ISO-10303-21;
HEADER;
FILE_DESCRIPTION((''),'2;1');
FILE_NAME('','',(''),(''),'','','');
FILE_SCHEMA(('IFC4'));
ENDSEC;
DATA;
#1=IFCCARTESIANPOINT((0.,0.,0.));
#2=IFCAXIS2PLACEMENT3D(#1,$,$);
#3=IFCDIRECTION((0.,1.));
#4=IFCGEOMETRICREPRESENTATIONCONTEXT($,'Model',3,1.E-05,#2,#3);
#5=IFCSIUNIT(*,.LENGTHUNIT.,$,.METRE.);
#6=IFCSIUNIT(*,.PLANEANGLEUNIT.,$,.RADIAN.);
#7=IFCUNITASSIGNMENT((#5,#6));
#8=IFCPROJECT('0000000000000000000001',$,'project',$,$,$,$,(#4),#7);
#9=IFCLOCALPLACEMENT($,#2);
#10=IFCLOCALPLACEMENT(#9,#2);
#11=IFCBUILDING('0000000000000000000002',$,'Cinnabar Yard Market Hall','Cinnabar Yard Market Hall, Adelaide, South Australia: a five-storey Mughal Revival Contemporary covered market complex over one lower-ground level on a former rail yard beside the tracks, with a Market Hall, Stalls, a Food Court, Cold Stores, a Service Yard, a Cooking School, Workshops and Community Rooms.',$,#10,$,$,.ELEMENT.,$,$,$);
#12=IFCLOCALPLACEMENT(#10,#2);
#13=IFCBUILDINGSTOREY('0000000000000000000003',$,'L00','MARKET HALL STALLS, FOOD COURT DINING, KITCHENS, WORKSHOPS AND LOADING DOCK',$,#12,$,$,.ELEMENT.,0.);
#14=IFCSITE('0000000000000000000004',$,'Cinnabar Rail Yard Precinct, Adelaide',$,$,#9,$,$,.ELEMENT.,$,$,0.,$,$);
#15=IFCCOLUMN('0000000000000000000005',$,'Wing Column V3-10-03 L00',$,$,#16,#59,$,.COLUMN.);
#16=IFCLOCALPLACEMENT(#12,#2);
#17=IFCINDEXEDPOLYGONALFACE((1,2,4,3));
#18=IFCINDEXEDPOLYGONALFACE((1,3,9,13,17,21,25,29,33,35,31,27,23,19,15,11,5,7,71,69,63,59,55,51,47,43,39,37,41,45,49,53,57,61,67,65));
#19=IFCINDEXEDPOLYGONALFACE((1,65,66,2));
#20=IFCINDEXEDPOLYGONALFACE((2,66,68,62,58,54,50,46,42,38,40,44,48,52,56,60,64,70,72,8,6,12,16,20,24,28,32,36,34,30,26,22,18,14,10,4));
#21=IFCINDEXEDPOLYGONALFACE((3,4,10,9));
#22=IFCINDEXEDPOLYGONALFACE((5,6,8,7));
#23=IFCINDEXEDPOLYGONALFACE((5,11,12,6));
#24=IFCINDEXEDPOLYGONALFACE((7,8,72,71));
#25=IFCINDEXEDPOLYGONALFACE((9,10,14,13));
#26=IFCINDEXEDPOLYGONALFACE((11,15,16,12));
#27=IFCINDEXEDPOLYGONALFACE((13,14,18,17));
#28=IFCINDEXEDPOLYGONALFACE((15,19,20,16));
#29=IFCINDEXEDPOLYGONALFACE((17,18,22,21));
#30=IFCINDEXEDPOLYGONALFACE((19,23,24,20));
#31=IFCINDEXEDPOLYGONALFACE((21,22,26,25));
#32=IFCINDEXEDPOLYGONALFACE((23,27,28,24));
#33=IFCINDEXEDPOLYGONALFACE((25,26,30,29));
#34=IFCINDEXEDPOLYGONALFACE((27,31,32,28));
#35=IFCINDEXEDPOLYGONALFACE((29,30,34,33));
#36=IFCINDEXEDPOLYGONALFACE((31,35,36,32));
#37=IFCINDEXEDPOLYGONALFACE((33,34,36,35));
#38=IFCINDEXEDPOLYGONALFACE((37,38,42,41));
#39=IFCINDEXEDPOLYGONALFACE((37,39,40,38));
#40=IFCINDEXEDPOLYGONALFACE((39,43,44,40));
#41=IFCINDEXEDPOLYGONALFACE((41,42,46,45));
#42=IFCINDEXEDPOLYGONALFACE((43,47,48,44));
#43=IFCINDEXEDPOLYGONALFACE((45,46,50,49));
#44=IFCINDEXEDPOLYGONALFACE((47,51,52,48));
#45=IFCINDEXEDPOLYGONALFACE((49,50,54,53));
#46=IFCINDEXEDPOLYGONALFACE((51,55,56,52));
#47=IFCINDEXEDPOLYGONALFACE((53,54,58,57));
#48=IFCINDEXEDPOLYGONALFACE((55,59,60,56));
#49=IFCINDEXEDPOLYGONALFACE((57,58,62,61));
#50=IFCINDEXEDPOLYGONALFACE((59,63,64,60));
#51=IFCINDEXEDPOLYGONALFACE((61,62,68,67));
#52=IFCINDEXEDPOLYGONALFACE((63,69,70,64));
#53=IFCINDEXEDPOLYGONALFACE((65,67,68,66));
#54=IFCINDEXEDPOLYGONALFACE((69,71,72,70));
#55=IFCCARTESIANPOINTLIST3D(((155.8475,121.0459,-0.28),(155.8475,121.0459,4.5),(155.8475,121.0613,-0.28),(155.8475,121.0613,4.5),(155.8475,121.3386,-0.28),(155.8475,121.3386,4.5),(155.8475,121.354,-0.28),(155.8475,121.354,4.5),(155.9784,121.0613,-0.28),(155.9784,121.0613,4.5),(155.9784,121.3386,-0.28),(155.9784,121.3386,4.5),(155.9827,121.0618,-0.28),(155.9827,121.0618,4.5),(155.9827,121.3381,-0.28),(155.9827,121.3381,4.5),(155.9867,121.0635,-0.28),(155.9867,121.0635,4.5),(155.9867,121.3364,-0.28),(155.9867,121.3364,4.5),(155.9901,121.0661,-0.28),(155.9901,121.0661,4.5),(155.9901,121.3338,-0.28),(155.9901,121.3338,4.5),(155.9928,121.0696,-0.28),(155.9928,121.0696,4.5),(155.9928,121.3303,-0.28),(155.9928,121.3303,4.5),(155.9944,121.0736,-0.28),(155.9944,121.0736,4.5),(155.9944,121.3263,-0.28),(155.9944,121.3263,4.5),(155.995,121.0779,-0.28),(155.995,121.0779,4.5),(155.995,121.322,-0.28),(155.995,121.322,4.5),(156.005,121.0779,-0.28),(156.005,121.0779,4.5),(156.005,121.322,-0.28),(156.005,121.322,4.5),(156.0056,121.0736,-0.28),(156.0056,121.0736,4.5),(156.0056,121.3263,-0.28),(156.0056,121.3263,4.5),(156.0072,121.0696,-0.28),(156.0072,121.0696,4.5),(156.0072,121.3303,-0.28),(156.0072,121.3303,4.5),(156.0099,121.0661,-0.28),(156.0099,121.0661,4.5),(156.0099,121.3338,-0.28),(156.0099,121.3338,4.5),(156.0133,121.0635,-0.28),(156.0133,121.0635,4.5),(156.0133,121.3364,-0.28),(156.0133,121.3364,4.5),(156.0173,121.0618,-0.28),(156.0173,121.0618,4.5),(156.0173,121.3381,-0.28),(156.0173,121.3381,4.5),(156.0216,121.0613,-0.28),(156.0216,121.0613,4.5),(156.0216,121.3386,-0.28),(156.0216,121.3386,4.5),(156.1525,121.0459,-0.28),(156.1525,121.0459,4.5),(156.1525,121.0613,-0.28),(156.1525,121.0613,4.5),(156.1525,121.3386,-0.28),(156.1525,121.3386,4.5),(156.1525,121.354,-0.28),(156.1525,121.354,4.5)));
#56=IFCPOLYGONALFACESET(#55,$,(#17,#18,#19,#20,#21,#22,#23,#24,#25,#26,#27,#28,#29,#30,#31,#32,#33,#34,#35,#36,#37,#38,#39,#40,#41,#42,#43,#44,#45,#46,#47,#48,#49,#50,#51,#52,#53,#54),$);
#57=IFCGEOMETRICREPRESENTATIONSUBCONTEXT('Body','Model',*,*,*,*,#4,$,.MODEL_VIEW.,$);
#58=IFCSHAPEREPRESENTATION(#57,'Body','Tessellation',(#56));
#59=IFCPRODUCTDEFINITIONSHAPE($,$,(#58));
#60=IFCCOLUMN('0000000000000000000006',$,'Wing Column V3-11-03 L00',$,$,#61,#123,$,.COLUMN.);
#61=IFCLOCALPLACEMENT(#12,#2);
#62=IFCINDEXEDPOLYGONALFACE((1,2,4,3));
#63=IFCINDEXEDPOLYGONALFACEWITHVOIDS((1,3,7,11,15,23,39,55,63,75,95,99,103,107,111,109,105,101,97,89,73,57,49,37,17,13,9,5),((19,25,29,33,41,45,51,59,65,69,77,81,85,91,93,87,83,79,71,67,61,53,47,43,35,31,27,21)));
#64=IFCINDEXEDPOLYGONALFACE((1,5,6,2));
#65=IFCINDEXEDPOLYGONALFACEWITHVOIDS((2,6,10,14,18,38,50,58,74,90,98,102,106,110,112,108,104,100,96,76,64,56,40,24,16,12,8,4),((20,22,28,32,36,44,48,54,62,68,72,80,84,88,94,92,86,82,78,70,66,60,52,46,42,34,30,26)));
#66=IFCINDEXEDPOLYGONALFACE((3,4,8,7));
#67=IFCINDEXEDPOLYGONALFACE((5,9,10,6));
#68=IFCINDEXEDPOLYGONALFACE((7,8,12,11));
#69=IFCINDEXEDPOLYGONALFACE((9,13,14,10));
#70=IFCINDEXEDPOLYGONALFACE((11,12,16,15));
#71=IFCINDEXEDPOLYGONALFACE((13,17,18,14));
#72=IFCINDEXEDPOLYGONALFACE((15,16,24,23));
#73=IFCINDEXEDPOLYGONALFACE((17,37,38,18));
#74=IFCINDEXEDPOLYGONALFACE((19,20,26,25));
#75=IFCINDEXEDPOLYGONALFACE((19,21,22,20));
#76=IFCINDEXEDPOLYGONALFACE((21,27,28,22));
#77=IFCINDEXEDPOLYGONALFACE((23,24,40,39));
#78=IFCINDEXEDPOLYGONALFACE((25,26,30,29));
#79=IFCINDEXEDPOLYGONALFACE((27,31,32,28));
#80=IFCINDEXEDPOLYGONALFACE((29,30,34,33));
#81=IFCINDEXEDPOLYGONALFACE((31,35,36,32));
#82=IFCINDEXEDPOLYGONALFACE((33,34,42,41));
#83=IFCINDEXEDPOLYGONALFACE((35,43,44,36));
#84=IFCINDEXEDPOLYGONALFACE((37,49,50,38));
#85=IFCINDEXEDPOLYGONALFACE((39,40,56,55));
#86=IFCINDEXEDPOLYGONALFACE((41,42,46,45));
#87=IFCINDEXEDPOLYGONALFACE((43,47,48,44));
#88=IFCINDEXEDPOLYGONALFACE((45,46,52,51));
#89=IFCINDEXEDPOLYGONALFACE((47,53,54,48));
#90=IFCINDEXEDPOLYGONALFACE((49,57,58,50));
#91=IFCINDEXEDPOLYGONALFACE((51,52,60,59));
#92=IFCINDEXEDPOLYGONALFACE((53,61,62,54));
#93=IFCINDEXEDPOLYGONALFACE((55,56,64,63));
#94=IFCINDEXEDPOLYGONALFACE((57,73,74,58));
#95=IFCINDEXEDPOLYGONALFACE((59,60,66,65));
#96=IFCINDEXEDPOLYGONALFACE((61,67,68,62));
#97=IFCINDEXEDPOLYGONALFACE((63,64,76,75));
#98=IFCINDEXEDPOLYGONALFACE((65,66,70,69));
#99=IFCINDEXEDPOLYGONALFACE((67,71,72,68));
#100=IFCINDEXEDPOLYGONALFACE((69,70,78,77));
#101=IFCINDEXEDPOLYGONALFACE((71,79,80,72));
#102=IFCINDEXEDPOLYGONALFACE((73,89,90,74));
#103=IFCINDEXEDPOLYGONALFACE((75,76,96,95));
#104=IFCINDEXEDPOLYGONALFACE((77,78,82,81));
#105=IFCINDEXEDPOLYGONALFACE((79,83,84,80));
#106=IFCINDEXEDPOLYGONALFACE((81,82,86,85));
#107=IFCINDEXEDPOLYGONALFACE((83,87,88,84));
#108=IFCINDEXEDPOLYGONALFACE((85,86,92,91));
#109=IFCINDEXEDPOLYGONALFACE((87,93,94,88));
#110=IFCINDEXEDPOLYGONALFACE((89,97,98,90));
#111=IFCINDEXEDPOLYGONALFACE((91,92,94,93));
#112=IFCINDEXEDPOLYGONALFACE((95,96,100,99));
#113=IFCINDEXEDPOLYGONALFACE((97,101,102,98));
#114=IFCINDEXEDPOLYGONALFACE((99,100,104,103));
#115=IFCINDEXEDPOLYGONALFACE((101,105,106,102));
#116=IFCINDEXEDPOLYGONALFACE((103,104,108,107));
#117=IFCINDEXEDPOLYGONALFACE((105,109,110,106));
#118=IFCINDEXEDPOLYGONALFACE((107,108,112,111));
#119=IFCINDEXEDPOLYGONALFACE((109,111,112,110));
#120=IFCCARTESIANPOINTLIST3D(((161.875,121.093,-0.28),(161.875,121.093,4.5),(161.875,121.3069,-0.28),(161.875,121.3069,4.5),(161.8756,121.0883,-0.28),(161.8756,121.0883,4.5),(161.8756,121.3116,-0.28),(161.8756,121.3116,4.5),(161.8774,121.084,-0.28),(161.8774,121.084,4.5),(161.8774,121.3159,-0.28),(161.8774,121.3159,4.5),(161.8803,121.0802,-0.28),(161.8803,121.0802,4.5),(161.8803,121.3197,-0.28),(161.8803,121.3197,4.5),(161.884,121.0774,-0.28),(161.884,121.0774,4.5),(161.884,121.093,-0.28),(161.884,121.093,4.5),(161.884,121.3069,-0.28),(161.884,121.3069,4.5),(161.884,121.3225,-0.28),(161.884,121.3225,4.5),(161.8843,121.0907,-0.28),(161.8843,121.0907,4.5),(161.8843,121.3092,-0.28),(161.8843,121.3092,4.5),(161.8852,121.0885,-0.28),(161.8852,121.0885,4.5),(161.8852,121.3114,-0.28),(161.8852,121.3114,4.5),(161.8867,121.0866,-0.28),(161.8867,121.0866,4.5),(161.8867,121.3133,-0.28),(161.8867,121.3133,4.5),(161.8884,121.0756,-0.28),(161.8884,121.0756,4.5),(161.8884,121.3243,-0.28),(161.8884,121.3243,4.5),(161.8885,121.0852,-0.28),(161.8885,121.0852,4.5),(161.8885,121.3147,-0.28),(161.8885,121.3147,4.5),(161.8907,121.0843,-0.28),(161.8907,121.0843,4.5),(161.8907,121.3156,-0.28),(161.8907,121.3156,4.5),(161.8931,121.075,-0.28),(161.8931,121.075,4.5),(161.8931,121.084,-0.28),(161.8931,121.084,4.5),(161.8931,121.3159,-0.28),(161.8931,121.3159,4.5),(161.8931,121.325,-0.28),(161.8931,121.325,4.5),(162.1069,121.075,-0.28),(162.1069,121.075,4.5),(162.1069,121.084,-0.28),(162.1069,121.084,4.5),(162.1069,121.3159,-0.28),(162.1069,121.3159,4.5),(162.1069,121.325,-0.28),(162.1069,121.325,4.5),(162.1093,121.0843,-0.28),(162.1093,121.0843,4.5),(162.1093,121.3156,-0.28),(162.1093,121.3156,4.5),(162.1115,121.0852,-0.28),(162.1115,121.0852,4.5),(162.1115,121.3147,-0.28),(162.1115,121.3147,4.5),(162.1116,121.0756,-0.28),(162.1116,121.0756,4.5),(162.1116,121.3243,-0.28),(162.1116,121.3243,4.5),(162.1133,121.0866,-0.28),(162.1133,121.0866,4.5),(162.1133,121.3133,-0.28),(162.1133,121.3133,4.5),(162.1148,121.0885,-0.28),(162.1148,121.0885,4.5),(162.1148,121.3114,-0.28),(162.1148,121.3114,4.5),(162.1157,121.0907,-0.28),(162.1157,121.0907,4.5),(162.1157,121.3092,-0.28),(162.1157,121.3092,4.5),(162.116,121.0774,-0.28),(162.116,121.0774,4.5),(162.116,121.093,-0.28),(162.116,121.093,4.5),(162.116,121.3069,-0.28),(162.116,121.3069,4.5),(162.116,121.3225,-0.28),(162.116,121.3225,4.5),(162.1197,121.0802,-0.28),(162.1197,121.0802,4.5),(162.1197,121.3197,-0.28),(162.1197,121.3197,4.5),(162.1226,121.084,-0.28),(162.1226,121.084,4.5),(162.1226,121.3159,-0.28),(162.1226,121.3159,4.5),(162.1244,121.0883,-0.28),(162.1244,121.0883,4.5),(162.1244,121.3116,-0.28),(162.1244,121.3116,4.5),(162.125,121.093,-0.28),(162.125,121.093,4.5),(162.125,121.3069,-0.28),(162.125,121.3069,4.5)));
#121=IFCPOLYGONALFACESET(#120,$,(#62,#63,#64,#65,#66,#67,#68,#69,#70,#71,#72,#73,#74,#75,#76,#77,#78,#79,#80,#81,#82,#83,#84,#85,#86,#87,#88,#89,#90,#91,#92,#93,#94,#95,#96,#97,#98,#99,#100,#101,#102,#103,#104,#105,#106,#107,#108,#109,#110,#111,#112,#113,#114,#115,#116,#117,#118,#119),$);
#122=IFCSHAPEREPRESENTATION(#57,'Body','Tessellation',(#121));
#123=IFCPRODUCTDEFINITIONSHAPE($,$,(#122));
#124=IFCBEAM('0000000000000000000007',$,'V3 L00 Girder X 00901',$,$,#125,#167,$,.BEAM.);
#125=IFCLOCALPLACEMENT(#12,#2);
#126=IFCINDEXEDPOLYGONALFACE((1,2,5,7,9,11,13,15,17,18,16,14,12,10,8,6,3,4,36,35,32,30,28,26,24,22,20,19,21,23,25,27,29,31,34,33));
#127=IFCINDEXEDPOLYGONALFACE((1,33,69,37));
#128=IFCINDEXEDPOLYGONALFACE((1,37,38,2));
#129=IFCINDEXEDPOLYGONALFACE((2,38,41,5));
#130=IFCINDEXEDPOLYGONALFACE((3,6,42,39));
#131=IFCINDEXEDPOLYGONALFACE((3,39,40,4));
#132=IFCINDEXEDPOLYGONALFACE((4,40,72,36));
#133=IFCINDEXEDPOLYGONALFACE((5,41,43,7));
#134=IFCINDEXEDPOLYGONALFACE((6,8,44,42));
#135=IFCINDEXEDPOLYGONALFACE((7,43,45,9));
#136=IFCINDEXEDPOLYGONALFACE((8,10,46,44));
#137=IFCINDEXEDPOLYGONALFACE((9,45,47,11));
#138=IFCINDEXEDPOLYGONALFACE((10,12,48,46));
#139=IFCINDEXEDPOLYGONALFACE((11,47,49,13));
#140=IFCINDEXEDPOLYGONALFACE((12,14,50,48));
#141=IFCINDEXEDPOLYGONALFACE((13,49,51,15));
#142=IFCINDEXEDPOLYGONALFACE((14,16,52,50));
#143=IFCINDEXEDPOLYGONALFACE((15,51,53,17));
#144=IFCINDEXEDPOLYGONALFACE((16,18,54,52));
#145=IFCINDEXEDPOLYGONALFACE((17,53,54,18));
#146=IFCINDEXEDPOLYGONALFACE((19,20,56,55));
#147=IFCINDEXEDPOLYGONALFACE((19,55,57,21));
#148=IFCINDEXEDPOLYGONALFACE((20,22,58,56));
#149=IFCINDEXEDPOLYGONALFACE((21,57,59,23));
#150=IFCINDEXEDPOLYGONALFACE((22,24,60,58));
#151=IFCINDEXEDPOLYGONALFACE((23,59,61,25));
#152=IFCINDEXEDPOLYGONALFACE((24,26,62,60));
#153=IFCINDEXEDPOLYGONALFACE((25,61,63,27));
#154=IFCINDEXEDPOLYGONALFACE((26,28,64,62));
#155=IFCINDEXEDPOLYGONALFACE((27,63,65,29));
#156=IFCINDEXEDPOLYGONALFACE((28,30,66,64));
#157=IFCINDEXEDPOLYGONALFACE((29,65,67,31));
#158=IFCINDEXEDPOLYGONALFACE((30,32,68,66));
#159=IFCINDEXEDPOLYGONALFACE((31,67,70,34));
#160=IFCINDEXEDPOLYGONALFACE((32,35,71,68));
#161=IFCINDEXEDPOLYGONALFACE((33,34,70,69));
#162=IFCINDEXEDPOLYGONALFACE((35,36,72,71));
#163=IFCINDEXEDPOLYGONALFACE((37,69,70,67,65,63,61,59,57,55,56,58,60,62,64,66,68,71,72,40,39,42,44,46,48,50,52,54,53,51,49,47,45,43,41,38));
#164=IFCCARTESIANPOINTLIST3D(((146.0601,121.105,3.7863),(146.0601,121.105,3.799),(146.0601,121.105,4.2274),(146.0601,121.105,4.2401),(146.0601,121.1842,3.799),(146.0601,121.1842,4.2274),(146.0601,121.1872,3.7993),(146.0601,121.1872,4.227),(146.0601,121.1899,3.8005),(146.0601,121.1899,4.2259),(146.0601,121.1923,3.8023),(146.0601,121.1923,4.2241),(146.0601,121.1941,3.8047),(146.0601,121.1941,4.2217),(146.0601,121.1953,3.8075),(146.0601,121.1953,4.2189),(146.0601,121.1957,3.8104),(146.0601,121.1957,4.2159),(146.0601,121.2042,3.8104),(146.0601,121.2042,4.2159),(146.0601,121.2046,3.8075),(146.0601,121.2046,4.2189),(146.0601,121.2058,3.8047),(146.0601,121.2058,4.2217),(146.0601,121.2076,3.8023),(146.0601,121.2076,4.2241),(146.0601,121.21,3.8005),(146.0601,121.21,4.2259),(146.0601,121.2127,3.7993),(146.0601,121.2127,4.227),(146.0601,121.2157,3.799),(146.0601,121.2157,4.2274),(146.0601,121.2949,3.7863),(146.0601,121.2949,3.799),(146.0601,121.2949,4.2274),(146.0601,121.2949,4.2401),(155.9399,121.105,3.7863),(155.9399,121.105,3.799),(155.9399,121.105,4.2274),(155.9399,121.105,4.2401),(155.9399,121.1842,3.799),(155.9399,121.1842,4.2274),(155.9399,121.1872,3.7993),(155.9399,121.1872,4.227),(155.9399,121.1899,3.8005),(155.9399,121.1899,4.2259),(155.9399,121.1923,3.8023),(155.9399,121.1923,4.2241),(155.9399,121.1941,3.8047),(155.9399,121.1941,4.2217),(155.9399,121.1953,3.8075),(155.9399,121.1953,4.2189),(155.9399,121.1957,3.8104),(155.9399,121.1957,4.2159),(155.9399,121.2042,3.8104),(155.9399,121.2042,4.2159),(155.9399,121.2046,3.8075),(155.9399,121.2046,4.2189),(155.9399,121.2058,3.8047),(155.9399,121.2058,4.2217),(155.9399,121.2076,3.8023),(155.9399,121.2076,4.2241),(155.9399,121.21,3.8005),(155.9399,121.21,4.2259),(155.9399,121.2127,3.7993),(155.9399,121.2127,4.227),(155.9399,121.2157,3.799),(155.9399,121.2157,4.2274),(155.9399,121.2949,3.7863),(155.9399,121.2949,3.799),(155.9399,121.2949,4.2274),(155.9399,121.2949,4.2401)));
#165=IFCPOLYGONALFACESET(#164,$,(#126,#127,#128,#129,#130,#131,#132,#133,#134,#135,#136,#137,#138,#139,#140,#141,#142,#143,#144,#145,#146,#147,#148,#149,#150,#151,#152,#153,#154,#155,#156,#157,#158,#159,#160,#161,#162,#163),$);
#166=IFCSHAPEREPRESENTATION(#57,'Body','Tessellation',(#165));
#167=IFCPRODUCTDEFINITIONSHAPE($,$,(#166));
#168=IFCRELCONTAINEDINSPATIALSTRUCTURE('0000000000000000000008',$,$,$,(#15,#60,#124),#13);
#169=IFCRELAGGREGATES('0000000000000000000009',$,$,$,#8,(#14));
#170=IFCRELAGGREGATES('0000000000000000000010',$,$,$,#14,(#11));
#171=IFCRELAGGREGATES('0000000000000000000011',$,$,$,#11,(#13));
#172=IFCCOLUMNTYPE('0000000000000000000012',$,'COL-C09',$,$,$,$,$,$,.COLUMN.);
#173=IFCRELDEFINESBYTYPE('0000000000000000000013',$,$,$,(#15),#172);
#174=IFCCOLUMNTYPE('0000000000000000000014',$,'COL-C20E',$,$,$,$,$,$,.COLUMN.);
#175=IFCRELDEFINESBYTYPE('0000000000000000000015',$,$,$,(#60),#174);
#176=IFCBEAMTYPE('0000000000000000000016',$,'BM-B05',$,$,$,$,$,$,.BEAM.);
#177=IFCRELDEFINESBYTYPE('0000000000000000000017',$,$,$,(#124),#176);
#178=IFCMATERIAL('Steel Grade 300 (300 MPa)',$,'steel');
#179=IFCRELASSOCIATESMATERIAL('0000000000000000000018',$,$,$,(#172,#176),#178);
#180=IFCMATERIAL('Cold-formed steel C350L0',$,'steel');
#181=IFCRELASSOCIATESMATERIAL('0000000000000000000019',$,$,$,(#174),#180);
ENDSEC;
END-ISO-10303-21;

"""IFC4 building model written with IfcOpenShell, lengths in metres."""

from ifc_helpers import new_model, si_unit, direction, frame, origin, origin_2d_with_axis, place, context, subcontext, project, spatial, hollow_rectangle, i_section, extrude, material, material_profile, profile_set, type_object, element, save


model = new_model("IFC4")

# Units and contexts
model_context = context("Model", 3, precision=1e-05, world=origin(), true_north=direction((0.0, 1.0)))
body_context = subcontext(model_context, "Body", "Model", "MODEL_VIEW")
ifc_project = project(units=[si_unit("LENGTHUNIT", "METRE"), si_unit("PLANEANGLEUNIT", "RADIAN")], contexts=[model_context])

# Site, building, storey
site_placement = place(None, origin())
site = spatial("IfcSite", under=ifc_project, at=site_placement, Name="Cinnabar Rail Yard Precinct, Adelaide", CompositionType="ELEMENT", RefElevation=0.0)
building_placement = place(site_placement, origin())
building = spatial("IfcBuilding", under=site, at=building_placement, Name="Cinnabar Yard Market Hall", Description="Cinnabar Yard Market Hall, Adelaide, South Australia: a five-storey Mughal Revival Contemporary covered market complex over one lower-ground level on a former rail yard beside the tracks, with a Market Hall, Stalls, a Food Court, Cold Stores, a Service Yard, a Cooking School, Workshops and Community Rooms.", CompositionType="ELEMENT")
storey_placement = place(building_placement, origin())
storey = spatial("IfcBuildingStorey", under=building, at=storey_placement, Name="L00", Description="MARKET HALL STALLS, FOOD COURT DINING, KITCHENS, WORKSHOPS AND LOADING DOCK", CompositionType="ELEMENT", Elevation=0.0)

# Columns
ifc_material_1 = material(Name="Steel Grade 300 (300 MPa)", Category="steel")
ifc_material_profile_1 = material_profile(ifc_material_1, i_section(OverallWidth=0.3049, OverallDepth=0.3081, WebThickness=0.01, FlangeThickness=0.0154, FilletRadius=0.0166, at=origin_2d_with_axis()), Name="310UC96.8")
ifc_profile_set_1 = profile_set([ifc_material_profile_1], Name="Steel Grade 300 (300 MPa)")
column_type_1 = type_object("IfcColumnType", Name="COL-C09", PredefinedType="COLUMN", material=ifc_profile_set_1)
column_1_placement = place(storey_placement, frame((156.0, 121.2, -0.28), z_axis=(0.0, 0.0, 1.0), x_axis=(1.0, 0.0, 0.0)))
element("IfcColumn", 1, at=column_1_placement, inside=storey, type_object=column_type_1, Name="Wing Column V3-10-03 L00", PredefinedType="COLUMN", context=body_context, shape_type="SweptSolid", body=[
    extrude(i_section(OverallWidth=0.3049, OverallDepth=0.3081, WebThickness=0.01, FlangeThickness=0.0154, FilletRadius=0.0166, at=origin_2d_with_axis()), origin(), (0.0, 0.0, 1.0), 4.78),
])
ifc_material_2 = material(Name="Cold-formed steel C350L0", Category="steel")
ifc_material_profile_2 = material_profile(ifc_material_2, hollow_rectangle(XDim=0.25, YDim=0.25, WallThickness=0.009, InnerFilletRadius=0.009, OuterFilletRadius=0.0181, at=origin_2d_with_axis()), Name="250x250x9.0SHS")
ifc_profile_set_2 = profile_set([ifc_material_profile_2], Name="Cold-formed steel C350L0")
column_type_2 = type_object("IfcColumnType", Name="COL-C20E", PredefinedType="COLUMN", material=ifc_profile_set_2)
column_2_placement = place(storey_placement, frame((162.0, 121.2, -0.28), z_axis=(0.0, 0.0, 1.0), x_axis=(1.0, 0.0, 0.0)))
element("IfcColumn", 2, at=column_2_placement, inside=storey, type_object=column_type_2, Name="Wing Column V3-11-03 L00", PredefinedType="COLUMN", context=body_context, shape_type="SweptSolid", body=[
    extrude(hollow_rectangle(XDim=0.25, YDim=0.25, WallThickness=0.009, InnerFilletRadius=0.009, OuterFilletRadius=0.0181, at=origin_2d_with_axis()), origin(), (0.0, 0.0, 1.0), 4.78),
])

# Beam
ifc_material_profile_3 = material_profile(ifc_material_1, i_section(OverallWidth=0.1899, OverallDepth=0.4539, WebThickness=0.0085, FlangeThickness=0.0127, FilletRadius=0.0115, at=origin_2d_with_axis()), Name="460UB67.1")
ifc_profile_set_3 = profile_set([ifc_material_profile_3], Name="Steel Grade 300 (300 MPa)")
beam_type_1 = type_object("IfcBeamType", Name="BM-B05", PredefinedType="BEAM", material=ifc_profile_set_3)
beam_1_placement = place(storey_placement, frame((146.0601, 121.2, 4.0132), z_axis=(1.0, 0.0, 0.0), x_axis=(0.0, 1.0, 0.0)))
element("IfcBeam", 3, at=beam_1_placement, inside=storey, type_object=beam_type_1, Name="V3 L00 Girder X 00901", PredefinedType="BEAM", context=body_context, shape_type="SweptSolid", body=[
    extrude(i_section(OverallWidth=0.1899, OverallDepth=0.4539, WebThickness=0.0085, FlangeThickness=0.0127, FilletRadius=0.0115, at=origin_2d_with_axis()), origin(), (0.0, 0.0, 1.0), 9.8799),
])

save(model, "model.ifc")
